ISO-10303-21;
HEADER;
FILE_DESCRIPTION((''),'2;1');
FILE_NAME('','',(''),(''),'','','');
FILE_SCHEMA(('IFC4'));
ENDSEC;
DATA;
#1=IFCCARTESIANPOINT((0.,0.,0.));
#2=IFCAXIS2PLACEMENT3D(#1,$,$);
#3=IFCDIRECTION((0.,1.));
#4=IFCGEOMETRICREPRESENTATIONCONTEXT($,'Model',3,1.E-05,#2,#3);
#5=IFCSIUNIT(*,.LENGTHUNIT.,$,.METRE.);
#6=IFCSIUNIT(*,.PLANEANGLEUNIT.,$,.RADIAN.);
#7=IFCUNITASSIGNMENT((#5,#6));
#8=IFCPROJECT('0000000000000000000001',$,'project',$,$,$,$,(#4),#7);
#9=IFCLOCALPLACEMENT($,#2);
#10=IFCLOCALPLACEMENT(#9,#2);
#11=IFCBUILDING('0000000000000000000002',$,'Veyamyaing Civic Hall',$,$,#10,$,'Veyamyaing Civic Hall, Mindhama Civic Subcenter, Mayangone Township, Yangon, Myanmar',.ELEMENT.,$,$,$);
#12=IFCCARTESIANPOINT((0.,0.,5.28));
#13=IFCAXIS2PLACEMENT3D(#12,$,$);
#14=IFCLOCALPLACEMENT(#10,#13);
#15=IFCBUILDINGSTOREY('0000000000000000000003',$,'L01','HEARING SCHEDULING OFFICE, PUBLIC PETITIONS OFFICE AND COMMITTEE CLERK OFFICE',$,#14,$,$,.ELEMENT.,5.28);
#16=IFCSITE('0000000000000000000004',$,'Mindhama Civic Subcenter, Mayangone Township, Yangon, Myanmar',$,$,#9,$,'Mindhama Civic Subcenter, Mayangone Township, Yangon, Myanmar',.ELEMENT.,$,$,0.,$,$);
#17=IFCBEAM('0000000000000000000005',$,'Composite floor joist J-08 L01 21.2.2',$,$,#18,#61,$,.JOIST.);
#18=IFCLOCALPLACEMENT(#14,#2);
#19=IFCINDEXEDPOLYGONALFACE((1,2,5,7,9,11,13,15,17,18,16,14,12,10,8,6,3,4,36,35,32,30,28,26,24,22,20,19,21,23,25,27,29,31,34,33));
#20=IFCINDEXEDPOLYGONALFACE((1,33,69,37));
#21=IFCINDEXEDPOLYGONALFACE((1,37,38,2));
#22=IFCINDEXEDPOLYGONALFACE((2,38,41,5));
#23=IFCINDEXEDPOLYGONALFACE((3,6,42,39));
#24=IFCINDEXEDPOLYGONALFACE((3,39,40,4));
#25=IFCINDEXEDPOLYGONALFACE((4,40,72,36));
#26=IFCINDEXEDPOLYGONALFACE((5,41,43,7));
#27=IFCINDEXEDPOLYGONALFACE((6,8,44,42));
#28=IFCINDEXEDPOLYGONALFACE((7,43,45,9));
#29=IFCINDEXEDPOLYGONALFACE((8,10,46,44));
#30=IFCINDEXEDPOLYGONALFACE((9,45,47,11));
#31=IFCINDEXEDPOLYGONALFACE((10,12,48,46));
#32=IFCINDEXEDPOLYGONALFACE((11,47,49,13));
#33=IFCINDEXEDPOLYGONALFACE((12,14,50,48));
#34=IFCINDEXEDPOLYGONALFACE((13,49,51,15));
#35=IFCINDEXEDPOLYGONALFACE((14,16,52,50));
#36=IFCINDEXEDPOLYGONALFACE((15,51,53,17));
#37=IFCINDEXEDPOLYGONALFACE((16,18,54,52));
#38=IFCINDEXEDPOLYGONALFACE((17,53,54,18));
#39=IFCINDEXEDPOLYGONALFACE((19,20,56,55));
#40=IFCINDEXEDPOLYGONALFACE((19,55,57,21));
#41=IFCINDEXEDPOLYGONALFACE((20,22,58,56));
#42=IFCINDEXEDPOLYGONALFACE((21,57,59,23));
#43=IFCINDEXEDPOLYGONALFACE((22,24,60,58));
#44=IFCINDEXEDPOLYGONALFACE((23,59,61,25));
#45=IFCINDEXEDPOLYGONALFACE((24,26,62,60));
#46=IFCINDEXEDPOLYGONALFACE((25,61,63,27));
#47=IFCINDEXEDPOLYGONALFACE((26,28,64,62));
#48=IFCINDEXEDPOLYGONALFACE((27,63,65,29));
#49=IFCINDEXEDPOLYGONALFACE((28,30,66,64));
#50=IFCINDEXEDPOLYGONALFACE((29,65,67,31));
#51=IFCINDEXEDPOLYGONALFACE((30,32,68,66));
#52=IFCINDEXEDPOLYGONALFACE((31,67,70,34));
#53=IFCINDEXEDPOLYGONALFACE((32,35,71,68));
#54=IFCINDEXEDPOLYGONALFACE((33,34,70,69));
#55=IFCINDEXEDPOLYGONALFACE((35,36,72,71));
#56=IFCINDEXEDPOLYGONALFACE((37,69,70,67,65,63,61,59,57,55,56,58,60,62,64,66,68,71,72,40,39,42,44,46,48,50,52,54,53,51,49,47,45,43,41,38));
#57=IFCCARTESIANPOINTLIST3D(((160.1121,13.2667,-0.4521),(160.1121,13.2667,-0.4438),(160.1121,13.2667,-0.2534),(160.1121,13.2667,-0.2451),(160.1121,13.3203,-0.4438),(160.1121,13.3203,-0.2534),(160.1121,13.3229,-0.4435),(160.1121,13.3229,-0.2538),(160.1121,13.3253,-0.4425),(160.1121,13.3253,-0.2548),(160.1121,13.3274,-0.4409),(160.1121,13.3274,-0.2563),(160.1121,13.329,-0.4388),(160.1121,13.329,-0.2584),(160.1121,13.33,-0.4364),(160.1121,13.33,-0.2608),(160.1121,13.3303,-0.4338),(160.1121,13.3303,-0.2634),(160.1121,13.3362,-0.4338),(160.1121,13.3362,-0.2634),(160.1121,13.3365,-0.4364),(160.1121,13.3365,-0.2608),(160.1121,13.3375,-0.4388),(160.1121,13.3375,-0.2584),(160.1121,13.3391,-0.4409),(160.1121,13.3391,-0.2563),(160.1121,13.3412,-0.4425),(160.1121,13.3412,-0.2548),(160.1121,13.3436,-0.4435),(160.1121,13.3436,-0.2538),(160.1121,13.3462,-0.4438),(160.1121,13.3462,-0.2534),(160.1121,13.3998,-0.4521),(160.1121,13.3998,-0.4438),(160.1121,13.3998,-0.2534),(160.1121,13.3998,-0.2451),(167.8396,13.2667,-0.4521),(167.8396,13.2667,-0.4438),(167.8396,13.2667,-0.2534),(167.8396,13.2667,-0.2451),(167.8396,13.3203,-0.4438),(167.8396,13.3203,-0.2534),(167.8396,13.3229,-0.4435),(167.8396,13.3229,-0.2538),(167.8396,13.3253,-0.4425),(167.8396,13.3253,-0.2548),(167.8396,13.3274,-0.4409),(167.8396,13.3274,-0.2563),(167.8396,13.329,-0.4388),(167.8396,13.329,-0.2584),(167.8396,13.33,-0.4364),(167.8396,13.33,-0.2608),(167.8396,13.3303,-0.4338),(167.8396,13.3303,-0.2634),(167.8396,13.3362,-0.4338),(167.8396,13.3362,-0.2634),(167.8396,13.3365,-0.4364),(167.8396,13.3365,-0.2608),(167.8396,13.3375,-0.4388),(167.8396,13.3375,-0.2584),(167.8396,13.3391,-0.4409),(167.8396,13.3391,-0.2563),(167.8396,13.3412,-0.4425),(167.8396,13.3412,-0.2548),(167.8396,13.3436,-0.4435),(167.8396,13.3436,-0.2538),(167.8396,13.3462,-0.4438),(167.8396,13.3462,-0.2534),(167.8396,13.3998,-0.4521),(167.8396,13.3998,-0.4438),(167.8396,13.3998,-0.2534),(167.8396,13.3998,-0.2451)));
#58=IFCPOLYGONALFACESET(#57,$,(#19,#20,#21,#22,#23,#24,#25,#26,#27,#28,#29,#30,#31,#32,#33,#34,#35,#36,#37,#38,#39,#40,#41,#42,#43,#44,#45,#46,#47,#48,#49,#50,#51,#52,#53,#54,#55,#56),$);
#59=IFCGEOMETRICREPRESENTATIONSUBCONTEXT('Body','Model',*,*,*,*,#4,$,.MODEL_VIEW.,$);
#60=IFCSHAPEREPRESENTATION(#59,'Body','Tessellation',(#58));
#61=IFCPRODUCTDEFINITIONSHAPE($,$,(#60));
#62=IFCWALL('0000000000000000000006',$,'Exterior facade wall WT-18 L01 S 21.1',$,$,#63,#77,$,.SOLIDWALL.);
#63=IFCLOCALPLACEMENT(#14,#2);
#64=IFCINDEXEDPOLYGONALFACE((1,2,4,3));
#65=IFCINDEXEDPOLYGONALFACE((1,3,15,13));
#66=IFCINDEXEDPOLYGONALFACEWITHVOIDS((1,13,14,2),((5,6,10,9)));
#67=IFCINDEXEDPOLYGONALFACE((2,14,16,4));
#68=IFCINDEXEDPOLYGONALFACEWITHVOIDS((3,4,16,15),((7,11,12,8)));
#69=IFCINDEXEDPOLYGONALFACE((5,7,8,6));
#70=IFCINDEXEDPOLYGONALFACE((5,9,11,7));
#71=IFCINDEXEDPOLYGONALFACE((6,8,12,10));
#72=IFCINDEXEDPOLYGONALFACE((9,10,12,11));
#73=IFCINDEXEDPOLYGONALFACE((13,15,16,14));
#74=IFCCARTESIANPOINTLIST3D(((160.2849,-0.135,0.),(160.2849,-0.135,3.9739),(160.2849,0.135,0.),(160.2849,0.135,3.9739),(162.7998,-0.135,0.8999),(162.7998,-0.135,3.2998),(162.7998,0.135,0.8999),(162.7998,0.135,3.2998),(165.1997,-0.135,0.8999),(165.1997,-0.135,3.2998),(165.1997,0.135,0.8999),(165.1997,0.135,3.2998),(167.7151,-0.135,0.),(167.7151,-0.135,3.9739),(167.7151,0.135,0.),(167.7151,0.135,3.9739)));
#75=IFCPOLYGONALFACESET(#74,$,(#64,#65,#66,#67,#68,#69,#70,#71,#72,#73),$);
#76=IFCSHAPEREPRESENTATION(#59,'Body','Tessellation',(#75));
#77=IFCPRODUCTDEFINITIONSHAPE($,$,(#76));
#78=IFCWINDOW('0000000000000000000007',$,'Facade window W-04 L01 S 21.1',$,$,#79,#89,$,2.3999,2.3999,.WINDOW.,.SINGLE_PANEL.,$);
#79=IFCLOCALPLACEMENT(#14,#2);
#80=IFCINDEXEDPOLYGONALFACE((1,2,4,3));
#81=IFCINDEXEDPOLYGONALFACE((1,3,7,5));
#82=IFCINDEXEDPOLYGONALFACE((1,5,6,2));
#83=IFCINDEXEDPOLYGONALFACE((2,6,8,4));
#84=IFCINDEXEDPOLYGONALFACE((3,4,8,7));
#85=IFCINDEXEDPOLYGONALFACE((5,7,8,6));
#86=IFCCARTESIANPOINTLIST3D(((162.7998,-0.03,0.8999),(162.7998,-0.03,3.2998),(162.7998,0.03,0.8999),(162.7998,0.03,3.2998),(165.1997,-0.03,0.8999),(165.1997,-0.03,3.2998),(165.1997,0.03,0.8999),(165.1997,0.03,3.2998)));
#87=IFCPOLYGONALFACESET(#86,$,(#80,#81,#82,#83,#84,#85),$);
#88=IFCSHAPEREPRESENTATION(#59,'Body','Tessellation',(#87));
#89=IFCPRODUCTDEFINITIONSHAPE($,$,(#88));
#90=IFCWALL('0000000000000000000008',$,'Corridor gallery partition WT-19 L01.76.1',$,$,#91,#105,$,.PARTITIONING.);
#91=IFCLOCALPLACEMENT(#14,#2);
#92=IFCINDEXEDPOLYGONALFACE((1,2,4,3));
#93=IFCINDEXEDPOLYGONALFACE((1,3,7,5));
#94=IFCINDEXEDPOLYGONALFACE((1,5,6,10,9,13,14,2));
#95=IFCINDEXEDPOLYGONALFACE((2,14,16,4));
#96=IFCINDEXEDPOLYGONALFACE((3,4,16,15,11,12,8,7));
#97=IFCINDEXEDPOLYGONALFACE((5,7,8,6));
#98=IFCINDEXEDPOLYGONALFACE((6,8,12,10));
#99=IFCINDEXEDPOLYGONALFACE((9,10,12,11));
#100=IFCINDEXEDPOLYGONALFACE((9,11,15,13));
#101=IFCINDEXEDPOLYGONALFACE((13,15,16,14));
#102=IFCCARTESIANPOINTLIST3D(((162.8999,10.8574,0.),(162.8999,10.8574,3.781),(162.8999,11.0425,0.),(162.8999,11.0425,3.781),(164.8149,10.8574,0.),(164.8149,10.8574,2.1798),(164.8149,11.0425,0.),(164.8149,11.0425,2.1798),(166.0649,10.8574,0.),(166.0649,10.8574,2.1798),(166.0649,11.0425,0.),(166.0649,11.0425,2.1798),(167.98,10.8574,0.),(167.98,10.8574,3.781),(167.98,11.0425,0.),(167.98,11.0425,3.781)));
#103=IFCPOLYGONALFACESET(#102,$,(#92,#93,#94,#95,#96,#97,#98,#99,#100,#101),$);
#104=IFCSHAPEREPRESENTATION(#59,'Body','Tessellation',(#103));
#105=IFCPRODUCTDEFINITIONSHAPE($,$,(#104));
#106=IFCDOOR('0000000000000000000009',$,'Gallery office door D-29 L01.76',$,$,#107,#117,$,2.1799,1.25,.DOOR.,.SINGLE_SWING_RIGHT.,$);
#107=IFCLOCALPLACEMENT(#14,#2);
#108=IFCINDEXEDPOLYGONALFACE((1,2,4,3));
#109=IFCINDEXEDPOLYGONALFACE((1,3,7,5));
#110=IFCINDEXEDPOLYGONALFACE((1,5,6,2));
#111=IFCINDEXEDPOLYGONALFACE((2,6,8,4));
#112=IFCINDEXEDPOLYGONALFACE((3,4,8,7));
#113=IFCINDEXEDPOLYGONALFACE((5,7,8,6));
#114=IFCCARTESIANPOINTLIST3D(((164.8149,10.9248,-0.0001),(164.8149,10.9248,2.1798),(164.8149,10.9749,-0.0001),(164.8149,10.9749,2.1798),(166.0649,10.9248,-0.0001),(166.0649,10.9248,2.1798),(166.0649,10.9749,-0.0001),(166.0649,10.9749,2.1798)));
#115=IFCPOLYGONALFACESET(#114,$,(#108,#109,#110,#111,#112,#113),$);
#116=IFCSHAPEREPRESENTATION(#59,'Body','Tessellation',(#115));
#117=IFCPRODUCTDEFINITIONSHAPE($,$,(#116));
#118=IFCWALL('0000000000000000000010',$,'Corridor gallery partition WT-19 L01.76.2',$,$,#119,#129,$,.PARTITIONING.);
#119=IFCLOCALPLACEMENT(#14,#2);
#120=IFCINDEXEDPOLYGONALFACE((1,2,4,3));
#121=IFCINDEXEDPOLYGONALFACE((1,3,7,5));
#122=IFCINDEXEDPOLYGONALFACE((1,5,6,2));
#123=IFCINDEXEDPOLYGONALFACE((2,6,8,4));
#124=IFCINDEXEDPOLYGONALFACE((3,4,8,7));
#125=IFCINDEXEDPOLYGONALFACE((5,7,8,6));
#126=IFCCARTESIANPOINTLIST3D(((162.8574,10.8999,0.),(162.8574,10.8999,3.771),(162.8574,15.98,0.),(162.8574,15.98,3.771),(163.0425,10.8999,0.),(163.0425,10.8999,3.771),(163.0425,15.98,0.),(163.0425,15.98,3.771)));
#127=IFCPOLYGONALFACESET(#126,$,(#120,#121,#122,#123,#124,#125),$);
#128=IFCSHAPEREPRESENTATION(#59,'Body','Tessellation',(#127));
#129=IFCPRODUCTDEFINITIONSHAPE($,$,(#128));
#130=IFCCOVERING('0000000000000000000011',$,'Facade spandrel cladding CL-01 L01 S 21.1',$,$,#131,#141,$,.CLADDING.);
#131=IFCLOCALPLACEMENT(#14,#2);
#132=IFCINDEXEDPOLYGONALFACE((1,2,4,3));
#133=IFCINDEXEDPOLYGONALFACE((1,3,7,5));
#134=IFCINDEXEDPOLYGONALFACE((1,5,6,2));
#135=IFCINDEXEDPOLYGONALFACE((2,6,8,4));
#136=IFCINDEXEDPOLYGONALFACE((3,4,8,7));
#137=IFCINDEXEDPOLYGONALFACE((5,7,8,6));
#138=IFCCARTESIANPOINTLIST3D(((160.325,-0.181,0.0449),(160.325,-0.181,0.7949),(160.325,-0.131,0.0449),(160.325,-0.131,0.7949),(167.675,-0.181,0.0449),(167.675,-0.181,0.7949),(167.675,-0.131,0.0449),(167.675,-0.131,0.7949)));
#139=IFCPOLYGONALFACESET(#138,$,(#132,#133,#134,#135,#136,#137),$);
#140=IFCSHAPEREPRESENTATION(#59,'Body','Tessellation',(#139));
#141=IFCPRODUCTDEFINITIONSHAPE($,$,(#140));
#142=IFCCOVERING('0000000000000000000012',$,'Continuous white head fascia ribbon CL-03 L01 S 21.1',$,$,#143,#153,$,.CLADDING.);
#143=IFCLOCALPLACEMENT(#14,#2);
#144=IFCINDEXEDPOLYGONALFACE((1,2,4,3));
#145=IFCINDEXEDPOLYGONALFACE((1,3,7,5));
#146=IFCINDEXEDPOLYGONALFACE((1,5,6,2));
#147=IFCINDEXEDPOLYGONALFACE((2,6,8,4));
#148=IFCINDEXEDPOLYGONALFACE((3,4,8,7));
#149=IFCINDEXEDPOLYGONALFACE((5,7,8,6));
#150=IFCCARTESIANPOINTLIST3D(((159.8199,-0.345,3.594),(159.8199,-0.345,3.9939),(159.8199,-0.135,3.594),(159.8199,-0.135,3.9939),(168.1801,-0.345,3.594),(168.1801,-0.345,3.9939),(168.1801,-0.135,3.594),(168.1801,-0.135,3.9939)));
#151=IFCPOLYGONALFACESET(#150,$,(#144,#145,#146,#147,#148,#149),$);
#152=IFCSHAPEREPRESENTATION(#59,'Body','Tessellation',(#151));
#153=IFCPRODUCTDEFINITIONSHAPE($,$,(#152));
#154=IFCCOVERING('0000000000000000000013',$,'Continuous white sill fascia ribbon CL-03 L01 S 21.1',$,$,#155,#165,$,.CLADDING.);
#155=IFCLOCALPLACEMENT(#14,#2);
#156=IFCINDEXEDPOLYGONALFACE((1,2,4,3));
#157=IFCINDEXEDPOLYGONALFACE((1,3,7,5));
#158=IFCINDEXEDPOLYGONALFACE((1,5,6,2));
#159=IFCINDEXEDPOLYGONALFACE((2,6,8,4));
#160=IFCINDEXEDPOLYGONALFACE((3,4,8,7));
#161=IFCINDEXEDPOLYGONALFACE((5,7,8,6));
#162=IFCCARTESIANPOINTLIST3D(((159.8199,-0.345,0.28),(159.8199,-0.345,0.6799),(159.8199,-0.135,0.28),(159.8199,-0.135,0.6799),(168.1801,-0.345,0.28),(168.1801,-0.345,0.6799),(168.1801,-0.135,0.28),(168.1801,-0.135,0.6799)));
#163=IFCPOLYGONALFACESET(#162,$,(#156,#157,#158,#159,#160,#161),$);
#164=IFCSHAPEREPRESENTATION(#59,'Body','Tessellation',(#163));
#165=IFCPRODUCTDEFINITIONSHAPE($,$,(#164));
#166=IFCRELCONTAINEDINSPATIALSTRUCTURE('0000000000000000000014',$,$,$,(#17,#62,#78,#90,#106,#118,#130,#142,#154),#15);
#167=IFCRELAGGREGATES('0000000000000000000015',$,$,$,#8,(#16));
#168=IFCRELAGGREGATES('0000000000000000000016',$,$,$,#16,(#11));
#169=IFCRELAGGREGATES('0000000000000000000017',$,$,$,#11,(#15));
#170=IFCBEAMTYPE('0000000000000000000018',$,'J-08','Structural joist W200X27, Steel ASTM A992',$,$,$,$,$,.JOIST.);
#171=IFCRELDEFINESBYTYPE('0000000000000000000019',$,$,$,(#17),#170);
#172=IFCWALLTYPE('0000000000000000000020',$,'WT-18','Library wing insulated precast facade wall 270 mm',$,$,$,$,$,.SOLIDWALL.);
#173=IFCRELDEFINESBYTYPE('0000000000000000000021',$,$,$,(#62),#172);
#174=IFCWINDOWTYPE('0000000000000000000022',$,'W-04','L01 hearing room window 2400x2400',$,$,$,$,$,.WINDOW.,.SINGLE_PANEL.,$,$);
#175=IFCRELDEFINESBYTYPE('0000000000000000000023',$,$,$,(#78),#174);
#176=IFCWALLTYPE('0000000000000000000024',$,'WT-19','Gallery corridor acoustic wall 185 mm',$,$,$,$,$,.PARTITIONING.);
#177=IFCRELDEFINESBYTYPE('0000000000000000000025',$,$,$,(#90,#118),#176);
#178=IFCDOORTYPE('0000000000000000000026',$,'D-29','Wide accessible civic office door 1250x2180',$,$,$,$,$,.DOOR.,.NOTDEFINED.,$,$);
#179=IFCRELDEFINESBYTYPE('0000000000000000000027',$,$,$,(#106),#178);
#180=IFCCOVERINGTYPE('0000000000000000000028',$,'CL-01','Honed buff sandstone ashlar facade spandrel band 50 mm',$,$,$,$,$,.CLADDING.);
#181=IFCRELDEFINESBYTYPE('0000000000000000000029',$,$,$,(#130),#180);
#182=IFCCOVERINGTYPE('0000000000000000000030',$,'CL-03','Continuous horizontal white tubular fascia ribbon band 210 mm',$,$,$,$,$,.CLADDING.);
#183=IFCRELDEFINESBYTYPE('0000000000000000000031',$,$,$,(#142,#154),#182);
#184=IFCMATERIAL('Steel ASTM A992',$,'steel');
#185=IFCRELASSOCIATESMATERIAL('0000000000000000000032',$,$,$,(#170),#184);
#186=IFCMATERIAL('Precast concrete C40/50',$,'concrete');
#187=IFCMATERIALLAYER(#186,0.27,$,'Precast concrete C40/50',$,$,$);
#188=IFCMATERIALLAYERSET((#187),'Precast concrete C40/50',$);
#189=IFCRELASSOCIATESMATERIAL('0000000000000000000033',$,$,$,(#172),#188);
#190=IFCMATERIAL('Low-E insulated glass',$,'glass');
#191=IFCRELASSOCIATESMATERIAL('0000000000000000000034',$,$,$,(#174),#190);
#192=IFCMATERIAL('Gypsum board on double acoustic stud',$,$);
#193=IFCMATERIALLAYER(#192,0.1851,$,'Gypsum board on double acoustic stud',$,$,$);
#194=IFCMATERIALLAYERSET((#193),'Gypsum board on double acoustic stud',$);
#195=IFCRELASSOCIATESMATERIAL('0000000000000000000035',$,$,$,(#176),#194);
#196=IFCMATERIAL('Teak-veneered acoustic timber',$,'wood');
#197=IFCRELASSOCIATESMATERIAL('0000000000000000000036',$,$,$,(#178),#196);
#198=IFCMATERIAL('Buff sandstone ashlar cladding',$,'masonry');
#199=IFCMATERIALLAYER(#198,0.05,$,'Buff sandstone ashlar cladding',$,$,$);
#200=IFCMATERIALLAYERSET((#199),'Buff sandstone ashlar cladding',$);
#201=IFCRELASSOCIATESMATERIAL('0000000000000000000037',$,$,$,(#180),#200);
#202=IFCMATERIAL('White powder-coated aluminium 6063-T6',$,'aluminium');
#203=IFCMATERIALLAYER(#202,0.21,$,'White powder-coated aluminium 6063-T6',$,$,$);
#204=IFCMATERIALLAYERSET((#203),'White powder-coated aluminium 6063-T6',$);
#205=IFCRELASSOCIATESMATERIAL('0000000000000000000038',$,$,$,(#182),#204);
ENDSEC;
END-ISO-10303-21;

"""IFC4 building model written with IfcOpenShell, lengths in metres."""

from ifc_helpers import new_model, si_unit, direction, frame, frame_2d, origin, origin_2d, place, context, subcontext, project, spatial, rectangle, i_section, extrude, material, layer, layer_set, material_profile, profile_set, type_object, element, fill, save


model = new_model("IFC4")

# Units and contexts
model_context = context("Model", 3, precision=1e-05, world=origin(), true_north=direction((0.0, 1.0)))
body_context = subcontext(model_context, "Body", "Model", "MODEL_VIEW")
ifc_project = project(units=[si_unit("LENGTHUNIT", "METRE"), si_unit("PLANEANGLEUNIT", "RADIAN")], contexts=[model_context])

# Site, building, storey
site_placement = place(None, origin())
site = spatial("IfcSite", under=ifc_project, at=site_placement, Name="Mindhama Civic Subcenter, Mayangone Township, Yangon, Myanmar", LongName="Mindhama Civic Subcenter, Mayangone Township, Yangon, Myanmar", CompositionType="ELEMENT", RefElevation=0.0)
building_placement = place(site_placement, origin())
building = spatial("IfcBuilding", under=site, at=building_placement, Name="Veyamyaing Civic Hall", LongName="Veyamyaing Civic Hall, Mindhama Civic Subcenter, Mayangone Township, Yangon, Myanmar", CompositionType="ELEMENT")
storey_placement = place(building_placement, frame((0.0, 0.0, 5.28)))
storey = spatial("IfcBuildingStorey", under=building, at=storey_placement, Name="L01", Description="HEARING SCHEDULING OFFICE, PUBLIC PETITIONS OFFICE AND COMMITTEE CLERK OFFICE", CompositionType="ELEMENT", Elevation=5.28)

# Beam
ifc_material_1 = material(Name="Steel ASTM A992", Category="steel")
ifc_material_profile_1 = material_profile(ifc_material_1, i_section(OverallWidth=0.1331, OverallDepth=0.207, WebThickness=0.0059, FlangeThickness=0.0083, FilletRadius=0.01, at=origin_2d()), Name="W200X27")
ifc_profile_set_1 = profile_set([ifc_material_profile_1], Name="Steel ASTM A992")
beam_type_1 = type_object("IfcBeamType", Name="J-08", Description="Structural joist W200X27, Steel ASTM A992", PredefinedType="JOIST", material=ifc_profile_set_1)
for number, where, z_axis, x_axis, name in (
    (1, (160.1121, 13.3333, -0.3486), (1.0, 0.0, 0.0), (0.0, 1.0, 0.0), "Composite floor joist J-08 L01 21.2.2"),
):
    element("IfcBeam", number, at=place(storey_placement, frame(where, z_axis=z_axis, x_axis=x_axis)), inside=storey, type_object=beam_type_1, Name=name, PredefinedType="JOIST", context=body_context, shape_type="SweptSolid", body=[
        extrude(i_section(OverallWidth=0.1331, OverallDepth=0.207, WebThickness=0.0059, FlangeThickness=0.0083, FilletRadius=0.01, at=origin_2d()), origin(), (0.0, 0.0, 1.0), 7.7275),
    ])

# Wall, opening, window
ifc_material_2 = material(Name="Precast concrete C40/50", Category="concrete")
ifc_layer_1 = layer(ifc_material_2, 0.27, Name="Precast concrete C40/50")
ifc_layer_set_1 = layer_set([ifc_layer_1], Name="Precast concrete C40/50")
wall_type_1 = type_object("IfcWallType", Name="WT-18", Description="Library wing insulated precast facade wall 270 mm", PredefinedType="SOLIDWALL", material=ifc_layer_set_1)
wall_1_placement = place(storey_placement, frame((160.2849, 0.0, 0.0), z_axis=(0.0, 0.0, 1.0), x_axis=(1.0, 0.0, 0.0)))
wall_1 = element("IfcWall", 2, at=wall_1_placement, inside=storey, type_object=wall_type_1, Name="Exterior facade wall WT-18 L01 S 21.1", PredefinedType="SOLIDWALL", context=body_context, shape_type="SweptSolid", body=[
    extrude(rectangle(XDim=7.4302, YDim=0.27, at=frame_2d((3.7151, 0.0))), origin(), (0.0, 0.0, 1.0), 3.9739),
])
opening_1_placement = place(wall_1_placement, frame((2.5149, 0.0, 0.8999)))
opening_1 = element("IfcOpeningElement", 3, at=opening_1_placement, cuts=wall_1, PredefinedType="OPENING", context=body_context, shape_type="SweptSolid", body=[
    extrude(rectangle(XDim=2.3999, YDim=2.3999, at=frame_2d((1.2, 1.2))), frame((0.0, 0.145, 0.0), z_axis=(0.0, -1.0, 0.0), x_axis=(1.0, 0.0, 0.0)), (0.0, 0.0, 1.0), 0.29),
])
ifc_material_3 = material(Name="Low-E insulated glass", Category="glass")
window_type = type_object("IfcWindowType", Name="W-04", Description="L01 hearing room window 2400x2400", PartitioningType="SINGLE_PANEL", PredefinedType="WINDOW", material=ifc_material_3)
window_placement = place(opening_1_placement, origin())
window = element("IfcWindow", 4, at=window_placement, inside=storey, type_object=window_type, Name="Facade window W-04 L01 S 21.1", OverallHeight=2.3999, OverallWidth=2.3999, PartitioningType="SINGLE_PANEL", PredefinedType="WINDOW", context=body_context, shape_type="SweptSolid", body=[
    extrude(rectangle(XDim=2.3999, YDim=2.3999, at=frame_2d((1.2, 1.2))), frame((0.0, 0.03, 0.0), z_axis=(0.0, -1.0, 0.0), x_axis=(1.0, 0.0, 0.0)), (0.0, 0.0, 1.0), 0.0601),
])
fill(opening_1, window)

# Wall, opening, door
ifc_material_4 = material(Name="Gypsum board on double acoustic stud")
ifc_layer_2 = layer(ifc_material_4, 0.1851, Name="Gypsum board on double acoustic stud")
ifc_layer_set_2 = layer_set([ifc_layer_2], Name="Gypsum board on double acoustic stud")
wall_type_2 = type_object("IfcWallType", Name="WT-19", Description="Gallery corridor acoustic wall 185 mm", PredefinedType="PARTITIONING", material=ifc_layer_set_2)
wall_2_placement = place(storey_placement, frame((162.8999, 10.95, 0.0), z_axis=(0.0, 0.0, 1.0), x_axis=(1.0, 0.0, 0.0)))
wall_2 = element("IfcWall", 5, at=wall_2_placement, inside=storey, type_object=wall_type_2, Name="Corridor gallery partition WT-19 L01.76.1", PredefinedType="PARTITIONING", context=body_context, shape_type="SweptSolid", body=[
    extrude(rectangle(XDim=5.0801, YDim=0.1851, at=frame_2d((2.54, 0.0))), origin(), (0.0, 0.0, 1.0), 3.781),
])
opening_2_placement = place(wall_2_placement, frame((1.915, 0.0, 0.0)))
opening_2 = element("IfcOpeningElement", 6, at=opening_2_placement, cuts=wall_2, PredefinedType="OPENING", context=body_context, shape_type="SweptSolid", body=[
    extrude(rectangle(XDim=1.25, YDim=2.1799, at=frame_2d((0.625, 1.0898))), frame((0.0, 0.1025, 0.0), z_axis=(0.0, -1.0, 0.0), x_axis=(1.0, 0.0, 0.0)), (0.0, 0.0, 1.0), 0.2051),
])
ifc_material_5 = material(Name="Teak-veneered acoustic timber", Category="wood")
door_type_1 = type_object("IfcDoorType", Name="D-29", Description="Wide accessible civic office door 1250x2180", OperationType="NOTDEFINED", PredefinedType="DOOR", material=ifc_material_5)
door_1_placement = place(opening_2_placement, origin())
door_1 = element("IfcDoor", 7, at=door_1_placement, inside=storey, type_object=door_type_1, Name="Gallery office door D-29 L01.76", OperationType="SINGLE_SWING_RIGHT", OverallHeight=2.1799, OverallWidth=1.25, PredefinedType="DOOR", context=body_context, shape_type="SweptSolid", body=[
    extrude(rectangle(XDim=1.25, YDim=2.1799, at=frame_2d((0.625, 1.0898))), frame((0.0, 0.0249, 0.0), z_axis=(0.0, -1.0, 0.0), x_axis=(1.0, 0.0, 0.0)), (0.0, 0.0, 1.0), 0.05),
])
fill(opening_2, door_1)

# Wall
wall_3_placement = place(storey_placement, frame((162.95, 10.8999, 0.0), z_axis=(0.0, 0.0, 1.0), x_axis=(0.0, 1.0, 0.0)))
element("IfcWall", 8, at=wall_3_placement, inside=storey, type_object=wall_type_2, Name="Corridor gallery partition WT-19 L01.76.2", PredefinedType="PARTITIONING", context=body_context, shape_type="SweptSolid", body=[
    extrude(rectangle(XDim=5.0801, YDim=0.1851, at=frame_2d((2.54, 0.0))), origin(), (0.0, 0.0, 1.0), 3.771),
])

# Coverings
ifc_material_6 = material(Name="Buff sandstone ashlar cladding", Category="masonry")
ifc_layer_3 = layer(ifc_material_6, 0.05, Name="Buff sandstone ashlar cladding")
ifc_layer_set_3 = layer_set([ifc_layer_3], Name="Buff sandstone ashlar cladding")
covering_type_1 = type_object("IfcCoveringType", Name="CL-01", Description="Honed buff sandstone ashlar facade spandrel band 50 mm", PredefinedType="CLADDING", material=ifc_layer_set_3)
covering_placement = place(storey_placement, frame((164.0, -0.156, 0.0449), z_axis=(0.0, 0.0, 1.0), x_axis=(1.0, 0.0, 0.0)))
element("IfcCovering", 9, at=covering_placement, inside=storey, type_object=covering_type_1, Name="Facade spandrel cladding CL-01 L01 S 21.1", PredefinedType="CLADDING", context=body_context, shape_type="SweptSolid", body=[
    extrude(rectangle(XDim=7.3501, YDim=0.05, at=origin_2d()), origin(), (0.0, 0.0, 1.0), 0.75),
])
ifc_material_7 = material(Name="White powder-coated aluminium 6063-T6", Category="aluminium")
ifc_layer_4 = layer(ifc_material_7, 0.21, Name="White powder-coated aluminium 6063-T6")
ifc_layer_set_4 = layer_set([ifc_layer_4], Name="White powder-coated aluminium 6063-T6")
covering_type_2 = type_object("IfcCoveringType", Name="CL-03", Description="Continuous horizontal white tubular fascia ribbon band 210 mm", PredefinedType="CLADDING", material=ifc_layer_set_4)
for number, where, z_axis, x_axis, name in (
    (10, (164.0, -0.24, 3.594), (0.0, 0.0, 1.0), (1.0, 0.0, 0.0), "Continuous white head fascia ribbon CL-03 L01 S 21.1"),
    (11, (164.0, -0.24, 0.28), (0.0, 0.0, 1.0), (1.0, 0.0, 0.0), "Continuous white sill fascia ribbon CL-03 L01 S 21.1"),
):
    element("IfcCovering", number, at=place(storey_placement, frame(where, z_axis=z_axis, x_axis=x_axis)), inside=storey, type_object=covering_type_2, Name=name, PredefinedType="CLADDING", context=body_context, shape_type="SweptSolid", body=[
        extrude(rectangle(XDim=8.3601, YDim=0.21, at=origin_2d()), origin(), (0.0, 0.0, 1.0), 0.3999),
    ])

save(model, "model.ifc")
